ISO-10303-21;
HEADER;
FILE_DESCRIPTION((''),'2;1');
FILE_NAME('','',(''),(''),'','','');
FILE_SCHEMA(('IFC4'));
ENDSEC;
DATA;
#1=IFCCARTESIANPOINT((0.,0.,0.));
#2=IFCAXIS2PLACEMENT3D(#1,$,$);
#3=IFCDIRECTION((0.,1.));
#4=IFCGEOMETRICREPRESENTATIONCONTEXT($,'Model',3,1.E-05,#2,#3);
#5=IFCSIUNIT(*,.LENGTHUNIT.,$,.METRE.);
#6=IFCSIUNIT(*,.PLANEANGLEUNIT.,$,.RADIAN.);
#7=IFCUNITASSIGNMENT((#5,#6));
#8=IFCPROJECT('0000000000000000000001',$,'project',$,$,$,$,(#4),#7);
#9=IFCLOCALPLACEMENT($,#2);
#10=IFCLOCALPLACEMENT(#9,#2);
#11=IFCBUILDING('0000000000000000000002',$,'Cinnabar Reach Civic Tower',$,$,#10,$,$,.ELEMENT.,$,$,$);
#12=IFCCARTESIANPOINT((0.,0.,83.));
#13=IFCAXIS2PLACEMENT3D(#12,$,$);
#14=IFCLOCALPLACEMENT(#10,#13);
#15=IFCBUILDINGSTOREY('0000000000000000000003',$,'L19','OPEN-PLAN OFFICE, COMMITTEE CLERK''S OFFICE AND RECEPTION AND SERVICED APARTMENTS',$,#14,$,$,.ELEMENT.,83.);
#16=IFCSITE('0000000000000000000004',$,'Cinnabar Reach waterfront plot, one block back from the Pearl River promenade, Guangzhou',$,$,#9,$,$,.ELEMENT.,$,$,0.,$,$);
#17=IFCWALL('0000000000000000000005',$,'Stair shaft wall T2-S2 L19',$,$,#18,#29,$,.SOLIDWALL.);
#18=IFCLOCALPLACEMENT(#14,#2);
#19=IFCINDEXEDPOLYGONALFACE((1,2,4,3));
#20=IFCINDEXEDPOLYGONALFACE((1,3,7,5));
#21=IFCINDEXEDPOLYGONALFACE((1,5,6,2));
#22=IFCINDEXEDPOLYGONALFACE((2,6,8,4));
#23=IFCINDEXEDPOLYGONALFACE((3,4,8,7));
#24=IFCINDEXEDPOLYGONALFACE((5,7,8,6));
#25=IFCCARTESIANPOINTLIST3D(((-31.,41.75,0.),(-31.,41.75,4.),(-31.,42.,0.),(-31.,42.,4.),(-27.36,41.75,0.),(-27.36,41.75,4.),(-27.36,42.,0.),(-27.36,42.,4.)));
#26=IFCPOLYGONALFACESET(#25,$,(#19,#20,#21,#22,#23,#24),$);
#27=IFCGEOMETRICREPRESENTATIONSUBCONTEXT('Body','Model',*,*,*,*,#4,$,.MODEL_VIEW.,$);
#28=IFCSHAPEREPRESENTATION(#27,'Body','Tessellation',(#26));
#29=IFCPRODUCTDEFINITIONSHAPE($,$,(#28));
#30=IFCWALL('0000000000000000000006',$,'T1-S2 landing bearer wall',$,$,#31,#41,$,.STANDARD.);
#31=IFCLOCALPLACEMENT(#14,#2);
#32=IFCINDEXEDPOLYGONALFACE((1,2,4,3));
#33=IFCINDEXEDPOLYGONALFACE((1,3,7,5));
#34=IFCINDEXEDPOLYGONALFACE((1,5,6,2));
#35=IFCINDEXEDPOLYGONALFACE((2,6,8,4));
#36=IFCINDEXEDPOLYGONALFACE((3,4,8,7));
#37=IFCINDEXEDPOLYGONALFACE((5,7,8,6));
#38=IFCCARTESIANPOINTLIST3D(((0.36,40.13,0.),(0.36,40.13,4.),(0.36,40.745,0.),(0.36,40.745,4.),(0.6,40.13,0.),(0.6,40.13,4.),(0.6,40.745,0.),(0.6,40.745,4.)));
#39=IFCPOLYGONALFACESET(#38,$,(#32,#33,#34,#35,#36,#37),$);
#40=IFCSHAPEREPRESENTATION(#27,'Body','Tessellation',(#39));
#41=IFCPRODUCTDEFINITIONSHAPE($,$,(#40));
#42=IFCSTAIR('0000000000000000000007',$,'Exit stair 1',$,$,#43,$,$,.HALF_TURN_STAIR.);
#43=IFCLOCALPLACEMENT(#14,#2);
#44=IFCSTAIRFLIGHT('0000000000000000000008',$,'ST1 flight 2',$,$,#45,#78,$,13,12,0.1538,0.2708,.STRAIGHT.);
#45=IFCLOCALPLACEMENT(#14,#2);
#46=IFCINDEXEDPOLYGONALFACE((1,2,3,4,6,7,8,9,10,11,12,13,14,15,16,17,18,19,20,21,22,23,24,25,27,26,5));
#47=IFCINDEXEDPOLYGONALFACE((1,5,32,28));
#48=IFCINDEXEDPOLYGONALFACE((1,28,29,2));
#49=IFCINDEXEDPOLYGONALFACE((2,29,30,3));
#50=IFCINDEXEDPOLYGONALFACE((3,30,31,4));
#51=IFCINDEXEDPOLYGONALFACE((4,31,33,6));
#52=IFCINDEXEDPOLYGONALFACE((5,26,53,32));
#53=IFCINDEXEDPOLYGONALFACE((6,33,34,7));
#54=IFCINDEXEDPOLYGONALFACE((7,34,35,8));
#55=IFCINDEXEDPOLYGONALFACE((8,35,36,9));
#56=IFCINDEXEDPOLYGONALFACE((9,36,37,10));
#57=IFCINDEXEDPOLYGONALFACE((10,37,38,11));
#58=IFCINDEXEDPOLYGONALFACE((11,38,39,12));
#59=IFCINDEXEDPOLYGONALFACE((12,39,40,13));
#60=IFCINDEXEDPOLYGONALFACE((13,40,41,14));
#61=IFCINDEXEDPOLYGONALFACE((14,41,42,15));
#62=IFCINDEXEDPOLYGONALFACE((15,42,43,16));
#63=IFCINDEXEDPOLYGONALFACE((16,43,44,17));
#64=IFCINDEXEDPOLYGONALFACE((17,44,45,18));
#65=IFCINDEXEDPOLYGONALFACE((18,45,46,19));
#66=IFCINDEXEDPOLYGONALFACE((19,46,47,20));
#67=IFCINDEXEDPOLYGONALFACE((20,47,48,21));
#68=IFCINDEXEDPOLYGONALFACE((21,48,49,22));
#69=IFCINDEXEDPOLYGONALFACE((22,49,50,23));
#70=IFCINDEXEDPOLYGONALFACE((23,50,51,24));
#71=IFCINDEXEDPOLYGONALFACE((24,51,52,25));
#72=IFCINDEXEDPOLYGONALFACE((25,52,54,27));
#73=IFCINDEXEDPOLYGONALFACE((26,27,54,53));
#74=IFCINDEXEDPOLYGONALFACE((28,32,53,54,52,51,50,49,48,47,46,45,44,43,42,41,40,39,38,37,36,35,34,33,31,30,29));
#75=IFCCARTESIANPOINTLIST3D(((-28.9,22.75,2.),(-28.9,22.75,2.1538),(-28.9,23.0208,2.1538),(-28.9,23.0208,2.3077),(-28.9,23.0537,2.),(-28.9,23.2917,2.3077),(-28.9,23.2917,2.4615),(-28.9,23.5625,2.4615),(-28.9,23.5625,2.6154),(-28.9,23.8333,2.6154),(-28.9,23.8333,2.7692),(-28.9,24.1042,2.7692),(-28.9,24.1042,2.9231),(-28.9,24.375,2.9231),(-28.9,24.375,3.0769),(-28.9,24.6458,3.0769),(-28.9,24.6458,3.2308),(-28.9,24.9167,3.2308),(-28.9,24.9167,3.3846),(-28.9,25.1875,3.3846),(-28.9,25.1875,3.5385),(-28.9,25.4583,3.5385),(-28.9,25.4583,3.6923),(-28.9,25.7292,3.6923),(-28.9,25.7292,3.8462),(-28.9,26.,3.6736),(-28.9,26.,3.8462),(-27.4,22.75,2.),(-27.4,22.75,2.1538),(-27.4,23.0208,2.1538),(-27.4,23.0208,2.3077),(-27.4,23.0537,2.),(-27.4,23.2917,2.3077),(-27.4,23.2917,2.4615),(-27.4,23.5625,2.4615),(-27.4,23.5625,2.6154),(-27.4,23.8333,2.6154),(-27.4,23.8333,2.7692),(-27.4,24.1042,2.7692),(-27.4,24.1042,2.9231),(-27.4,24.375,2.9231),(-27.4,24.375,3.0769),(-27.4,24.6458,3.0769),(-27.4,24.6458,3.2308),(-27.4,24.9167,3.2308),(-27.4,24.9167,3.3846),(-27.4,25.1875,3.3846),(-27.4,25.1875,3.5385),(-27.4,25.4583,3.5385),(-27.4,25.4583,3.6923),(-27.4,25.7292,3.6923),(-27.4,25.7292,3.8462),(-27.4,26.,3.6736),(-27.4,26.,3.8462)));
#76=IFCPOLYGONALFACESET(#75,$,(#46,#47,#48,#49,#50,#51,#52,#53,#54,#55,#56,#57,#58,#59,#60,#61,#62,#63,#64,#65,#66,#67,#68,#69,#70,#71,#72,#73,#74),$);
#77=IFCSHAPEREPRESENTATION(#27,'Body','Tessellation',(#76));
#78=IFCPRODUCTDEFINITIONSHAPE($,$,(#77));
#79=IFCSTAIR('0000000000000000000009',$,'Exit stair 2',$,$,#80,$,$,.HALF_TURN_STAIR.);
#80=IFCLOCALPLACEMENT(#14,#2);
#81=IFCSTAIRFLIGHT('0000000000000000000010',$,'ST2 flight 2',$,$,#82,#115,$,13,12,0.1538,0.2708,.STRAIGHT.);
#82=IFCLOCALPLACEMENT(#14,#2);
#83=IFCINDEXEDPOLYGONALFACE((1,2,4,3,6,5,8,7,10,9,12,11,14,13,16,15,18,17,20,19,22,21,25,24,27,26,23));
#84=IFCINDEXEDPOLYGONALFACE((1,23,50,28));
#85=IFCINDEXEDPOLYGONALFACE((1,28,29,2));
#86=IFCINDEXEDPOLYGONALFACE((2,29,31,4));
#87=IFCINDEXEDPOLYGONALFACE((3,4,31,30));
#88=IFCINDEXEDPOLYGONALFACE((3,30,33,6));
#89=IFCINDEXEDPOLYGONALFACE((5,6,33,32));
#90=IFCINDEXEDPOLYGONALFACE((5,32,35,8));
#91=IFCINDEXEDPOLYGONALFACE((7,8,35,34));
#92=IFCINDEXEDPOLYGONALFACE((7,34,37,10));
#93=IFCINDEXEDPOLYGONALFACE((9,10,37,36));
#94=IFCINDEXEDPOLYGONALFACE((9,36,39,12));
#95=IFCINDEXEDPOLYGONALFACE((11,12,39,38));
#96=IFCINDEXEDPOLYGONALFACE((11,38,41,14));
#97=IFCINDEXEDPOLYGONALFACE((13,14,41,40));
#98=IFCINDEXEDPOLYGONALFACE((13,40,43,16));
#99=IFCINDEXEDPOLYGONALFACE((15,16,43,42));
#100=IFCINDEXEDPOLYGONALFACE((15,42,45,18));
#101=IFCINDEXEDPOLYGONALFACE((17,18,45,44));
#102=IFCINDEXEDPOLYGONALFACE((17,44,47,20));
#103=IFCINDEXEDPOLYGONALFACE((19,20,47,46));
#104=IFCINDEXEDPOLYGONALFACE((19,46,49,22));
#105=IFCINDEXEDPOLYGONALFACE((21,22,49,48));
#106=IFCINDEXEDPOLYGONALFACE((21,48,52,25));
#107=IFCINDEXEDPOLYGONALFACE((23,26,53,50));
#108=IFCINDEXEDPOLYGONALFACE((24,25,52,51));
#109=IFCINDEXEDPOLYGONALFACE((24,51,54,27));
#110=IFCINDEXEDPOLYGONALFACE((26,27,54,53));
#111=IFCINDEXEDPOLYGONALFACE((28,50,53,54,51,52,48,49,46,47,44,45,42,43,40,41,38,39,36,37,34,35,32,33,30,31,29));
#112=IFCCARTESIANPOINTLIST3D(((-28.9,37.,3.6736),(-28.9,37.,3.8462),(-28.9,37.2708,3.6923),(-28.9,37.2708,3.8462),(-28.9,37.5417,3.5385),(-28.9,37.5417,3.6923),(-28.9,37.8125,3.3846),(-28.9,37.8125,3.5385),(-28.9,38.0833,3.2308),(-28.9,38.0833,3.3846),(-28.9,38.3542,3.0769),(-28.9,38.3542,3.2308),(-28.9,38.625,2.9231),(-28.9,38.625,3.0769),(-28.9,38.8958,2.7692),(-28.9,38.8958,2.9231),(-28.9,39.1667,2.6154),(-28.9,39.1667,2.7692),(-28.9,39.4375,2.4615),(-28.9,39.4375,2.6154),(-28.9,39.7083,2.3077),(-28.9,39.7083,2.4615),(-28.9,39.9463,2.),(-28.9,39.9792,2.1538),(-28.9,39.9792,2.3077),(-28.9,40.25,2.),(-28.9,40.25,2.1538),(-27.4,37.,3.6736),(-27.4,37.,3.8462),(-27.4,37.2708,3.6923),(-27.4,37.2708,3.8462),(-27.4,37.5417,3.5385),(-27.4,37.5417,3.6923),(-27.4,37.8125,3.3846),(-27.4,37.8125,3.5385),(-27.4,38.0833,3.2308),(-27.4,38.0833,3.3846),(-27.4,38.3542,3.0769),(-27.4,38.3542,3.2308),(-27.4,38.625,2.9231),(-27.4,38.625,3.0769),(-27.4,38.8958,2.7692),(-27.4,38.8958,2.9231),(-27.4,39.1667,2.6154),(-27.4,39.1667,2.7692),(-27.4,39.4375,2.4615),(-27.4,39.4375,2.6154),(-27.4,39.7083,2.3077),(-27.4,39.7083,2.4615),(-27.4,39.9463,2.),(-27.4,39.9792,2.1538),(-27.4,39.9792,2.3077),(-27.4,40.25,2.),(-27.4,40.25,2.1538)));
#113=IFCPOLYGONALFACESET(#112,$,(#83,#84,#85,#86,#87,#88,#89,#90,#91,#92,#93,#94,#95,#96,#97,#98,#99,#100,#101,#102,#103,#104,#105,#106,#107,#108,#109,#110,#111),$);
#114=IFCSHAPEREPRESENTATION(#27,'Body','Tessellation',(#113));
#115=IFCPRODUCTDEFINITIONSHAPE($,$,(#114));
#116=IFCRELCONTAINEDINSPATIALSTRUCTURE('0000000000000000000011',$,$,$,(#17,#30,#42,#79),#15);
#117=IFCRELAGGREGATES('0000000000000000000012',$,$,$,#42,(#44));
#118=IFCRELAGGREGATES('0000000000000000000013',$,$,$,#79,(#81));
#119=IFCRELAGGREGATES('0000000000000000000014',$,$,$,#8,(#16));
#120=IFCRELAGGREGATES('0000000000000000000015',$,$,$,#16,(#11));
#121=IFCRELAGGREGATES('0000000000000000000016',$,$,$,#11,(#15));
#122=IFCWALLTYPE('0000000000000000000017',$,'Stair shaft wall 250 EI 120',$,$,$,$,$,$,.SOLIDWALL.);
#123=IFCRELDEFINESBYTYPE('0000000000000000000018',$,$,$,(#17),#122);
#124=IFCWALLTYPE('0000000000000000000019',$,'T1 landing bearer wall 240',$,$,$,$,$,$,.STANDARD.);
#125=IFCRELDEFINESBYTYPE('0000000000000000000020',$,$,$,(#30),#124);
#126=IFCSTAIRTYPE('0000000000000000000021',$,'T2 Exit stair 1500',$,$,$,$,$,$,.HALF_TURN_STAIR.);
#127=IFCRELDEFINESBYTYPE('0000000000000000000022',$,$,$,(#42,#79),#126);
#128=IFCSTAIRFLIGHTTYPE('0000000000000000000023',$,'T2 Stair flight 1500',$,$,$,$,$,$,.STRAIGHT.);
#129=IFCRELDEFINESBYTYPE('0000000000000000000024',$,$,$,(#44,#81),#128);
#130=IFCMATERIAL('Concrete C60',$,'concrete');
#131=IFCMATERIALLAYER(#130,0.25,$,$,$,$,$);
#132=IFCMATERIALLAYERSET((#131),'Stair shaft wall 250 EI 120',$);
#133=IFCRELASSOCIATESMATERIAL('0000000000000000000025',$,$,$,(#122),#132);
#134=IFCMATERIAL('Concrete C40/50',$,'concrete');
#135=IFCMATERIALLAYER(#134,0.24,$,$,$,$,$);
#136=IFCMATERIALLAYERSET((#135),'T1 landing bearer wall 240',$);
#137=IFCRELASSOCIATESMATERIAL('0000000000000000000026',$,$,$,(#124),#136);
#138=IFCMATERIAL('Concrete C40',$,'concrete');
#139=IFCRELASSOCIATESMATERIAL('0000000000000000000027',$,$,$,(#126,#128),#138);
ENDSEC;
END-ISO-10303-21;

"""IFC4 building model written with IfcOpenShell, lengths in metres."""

from ifc_helpers import new_model, si_unit, direction, frame, frame_2d, origin, place, context, subcontext, project, spatial, polyline, rectangle, outline, extrude, material, layer, layer_set, type_object, element, aggregate, save


model = new_model("IFC4")

# Units and contexts
model_context = context("Model", 3, precision=1e-05, world=origin(), true_north=direction((0.0, 1.0)))
body_context = subcontext(model_context, "Body", "Model", "MODEL_VIEW")
ifc_project = project(units=[si_unit("LENGTHUNIT", "METRE"), si_unit("PLANEANGLEUNIT", "RADIAN")], contexts=[model_context])

# Site, building, storey
site_placement = place(None, origin())
site = spatial("IfcSite", under=ifc_project, at=site_placement, Name="Cinnabar Reach waterfront plot, one block back from the Pearl River promenade, Guangzhou", CompositionType="ELEMENT", RefElevation=0.0)
building_placement = place(site_placement, origin())
building = spatial("IfcBuilding", under=site, at=building_placement, Name="Cinnabar Reach Civic Tower", CompositionType="ELEMENT")
storey_placement = place(building_placement, frame((0.0, 0.0, 83.0)))
storey = spatial("IfcBuildingStorey", under=building, at=storey_placement, Name="L19", Description="OPEN-PLAN OFFICE, COMMITTEE CLERK'S OFFICE AND RECEPTION AND SERVICED APARTMENTS", CompositionType="ELEMENT", Elevation=83.0)

# Shared definitions
ifc_material_1 = material(Name="Concrete C60", Category="concrete")

# Shared definitions
ifc_material_2 = material(Name="Concrete C40", Category="concrete")

# Shared definitions
ifc_layer_1 = layer(ifc_material_1, 0.25)
ifc_layer_set_1 = layer_set([ifc_layer_1], Name="Stair shaft wall 250 EI 120")
wall_type_1 = type_object("IfcWallType", Name="Stair shaft wall 250 EI 120", PredefinedType="SOLIDWALL", material=ifc_layer_set_1)

# Walls
wall_1_placement = place(storey_placement, frame((-27.36, 41.875, 0.0), z_axis=(0.0, 0.0, 1.0), x_axis=(-1.0, 0.0, 0.0)))
element("IfcWall", 1, at=wall_1_placement, inside=storey, type_object=wall_type_1, Name="Stair shaft wall T2-S2 L19", PredefinedType="SOLIDWALL", context=body_context, shape_type="SweptSolid", body=[
    extrude(rectangle(XDim=3.64, YDim=0.25, at=frame_2d((1.82, 0.0))), origin(), (0.0, 0.0, 1.0), 4.0),
])
ifc_material_3 = material(Name="Concrete C40/50", Category="concrete")
ifc_layer_2 = layer(ifc_material_3, 0.24)
ifc_layer_set_2 = layer_set([ifc_layer_2], Name="T1 landing bearer wall 240")
wall_type_2 = type_object("IfcWallType", Name="T1 landing bearer wall 240", PredefinedType="STANDARD", material=ifc_layer_set_2)
wall_2_placement = place(storey_placement, frame((0.48, 40.13, 0.0), z_axis=(0.0, 0.0, 1.0), x_axis=(0.0, 1.0, 0.0)))
element("IfcWall", 2, at=wall_2_placement, inside=storey, type_object=wall_type_2, Name="T1-S2 landing bearer wall", PredefinedType="STANDARD", context=body_context, shape_type="SweptSolid", body=[
    extrude(rectangle(XDim=0.6151, YDim=0.24, at=frame_2d((0.3075, 0.0))), origin(), (0.0, 0.0, 1.0), 4.0),
])

# Stairs, stair flights
stair_type_1 = type_object("IfcStairType", Name="T2 Exit stair 1500", PredefinedType="HALF_TURN_STAIR", material=ifc_material_2)
stair_1_placement = place(storey_placement, origin())
stair_1 = element("IfcStair", 3, at=stair_1_placement, inside=storey, type_object=stair_type_1, Name="Exit stair 1", PredefinedType="HALF_TURN_STAIR")
stair_flight_type = type_object("IfcStairFlightType", Name="T2 Stair flight 1500", PredefinedType="STRAIGHT", material=ifc_material_2)
stair_flight_1_placement = place(storey_placement, frame((-28.15, 22.75, 2.0), z_axis=(0.0, 0.0, 1.0), x_axis=(0.0, 1.0, 0.0)))
stair_flight_1 = element("IfcStairFlight", 4, at=stair_flight_1_placement, type_object=stair_flight_type, Name="ST1 flight 2", NumberOfRisers=13, NumberOfTreads=12, PredefinedType="STRAIGHT", RiserHeight=0.1538, TreadLength=0.2708, context=body_context, shape_type="SweptSolid", body=[
    extrude(outline(polyline([(0.0, 0.0), (0.0, 0.1538), (0.2708, 0.1538), (0.2708, 0.3077), (0.5417, 0.3077), (0.5417, 0.4615), (0.8125, 0.4615), (0.8125, 0.6154), (1.0833, 0.6154), (1.0833, 0.7692), (1.3542, 0.7692), (1.3542, 0.9231), (1.625, 0.9231), (1.625, 1.0769), (1.8958, 1.0769), (1.8958, 1.2308), (2.1667, 1.2308), (2.1667, 1.3846), (2.4375, 1.3846), (2.4375, 1.5385), (2.7083, 1.5385), (2.7083, 1.6923), (2.9792, 1.6923), (2.9792, 1.8462), (3.25, 1.8462), (3.25, 2.0), (3.25, 1.6736), (0.3037, 0.0), (0.0, 0.0)])), frame((0.0, 0.75, 0.0), z_axis=(0.0, -1.0, 0.0), x_axis=(1.0, 0.0, 0.0)), (0.0, 0.0, 1.0), 1.5),
])
aggregate(stair_1, [stair_flight_1])
stair_2_placement = place(storey_placement, origin())
stair_2 = element("IfcStair", 5, at=stair_2_placement, inside=storey, type_object=stair_type_1, Name="Exit stair 2", PredefinedType="HALF_TURN_STAIR")
stair_flight_2_placement = place(storey_placement, frame((-28.15, 40.25, 2.0), z_axis=(0.0, 0.0, 1.0), x_axis=(0.0, -1.0, 0.0)))
stair_flight_2 = element("IfcStairFlight", 6, at=stair_flight_2_placement, type_object=stair_flight_type, Name="ST2 flight 2", NumberOfRisers=13, NumberOfTreads=12, PredefinedType="STRAIGHT", RiserHeight=0.1538, TreadLength=0.2708, context=body_context, shape_type="SweptSolid", body=[
    extrude(outline(polyline([(0.0, 0.0), (0.0, 0.1538), (0.2708, 0.1538), (0.2708, 0.3077), (0.5417, 0.3077), (0.5417, 0.4615), (0.8125, 0.4615), (0.8125, 0.6154), (1.0833, 0.6154), (1.0833, 0.7692), (1.3542, 0.7692), (1.3542, 0.9231), (1.625, 0.9231), (1.625, 1.0769), (1.8958, 1.0769), (1.8958, 1.2308), (2.1667, 1.2308), (2.1667, 1.3846), (2.4375, 1.3846), (2.4375, 1.5385), (2.7083, 1.5385), (2.7083, 1.6923), (2.9792, 1.6923), (2.9792, 1.8462), (3.25, 1.8462), (3.25, 2.0), (3.25, 1.6736), (0.3037, 0.0), (0.0, 0.0)])), frame((0.0, 0.75, 0.0), z_axis=(0.0, -1.0, 0.0), x_axis=(1.0, 0.0, 0.0)), (0.0, 0.0, 1.0), 1.5),
])
aggregate(stair_2, [stair_flight_2])

save(model, "model.ifc")
